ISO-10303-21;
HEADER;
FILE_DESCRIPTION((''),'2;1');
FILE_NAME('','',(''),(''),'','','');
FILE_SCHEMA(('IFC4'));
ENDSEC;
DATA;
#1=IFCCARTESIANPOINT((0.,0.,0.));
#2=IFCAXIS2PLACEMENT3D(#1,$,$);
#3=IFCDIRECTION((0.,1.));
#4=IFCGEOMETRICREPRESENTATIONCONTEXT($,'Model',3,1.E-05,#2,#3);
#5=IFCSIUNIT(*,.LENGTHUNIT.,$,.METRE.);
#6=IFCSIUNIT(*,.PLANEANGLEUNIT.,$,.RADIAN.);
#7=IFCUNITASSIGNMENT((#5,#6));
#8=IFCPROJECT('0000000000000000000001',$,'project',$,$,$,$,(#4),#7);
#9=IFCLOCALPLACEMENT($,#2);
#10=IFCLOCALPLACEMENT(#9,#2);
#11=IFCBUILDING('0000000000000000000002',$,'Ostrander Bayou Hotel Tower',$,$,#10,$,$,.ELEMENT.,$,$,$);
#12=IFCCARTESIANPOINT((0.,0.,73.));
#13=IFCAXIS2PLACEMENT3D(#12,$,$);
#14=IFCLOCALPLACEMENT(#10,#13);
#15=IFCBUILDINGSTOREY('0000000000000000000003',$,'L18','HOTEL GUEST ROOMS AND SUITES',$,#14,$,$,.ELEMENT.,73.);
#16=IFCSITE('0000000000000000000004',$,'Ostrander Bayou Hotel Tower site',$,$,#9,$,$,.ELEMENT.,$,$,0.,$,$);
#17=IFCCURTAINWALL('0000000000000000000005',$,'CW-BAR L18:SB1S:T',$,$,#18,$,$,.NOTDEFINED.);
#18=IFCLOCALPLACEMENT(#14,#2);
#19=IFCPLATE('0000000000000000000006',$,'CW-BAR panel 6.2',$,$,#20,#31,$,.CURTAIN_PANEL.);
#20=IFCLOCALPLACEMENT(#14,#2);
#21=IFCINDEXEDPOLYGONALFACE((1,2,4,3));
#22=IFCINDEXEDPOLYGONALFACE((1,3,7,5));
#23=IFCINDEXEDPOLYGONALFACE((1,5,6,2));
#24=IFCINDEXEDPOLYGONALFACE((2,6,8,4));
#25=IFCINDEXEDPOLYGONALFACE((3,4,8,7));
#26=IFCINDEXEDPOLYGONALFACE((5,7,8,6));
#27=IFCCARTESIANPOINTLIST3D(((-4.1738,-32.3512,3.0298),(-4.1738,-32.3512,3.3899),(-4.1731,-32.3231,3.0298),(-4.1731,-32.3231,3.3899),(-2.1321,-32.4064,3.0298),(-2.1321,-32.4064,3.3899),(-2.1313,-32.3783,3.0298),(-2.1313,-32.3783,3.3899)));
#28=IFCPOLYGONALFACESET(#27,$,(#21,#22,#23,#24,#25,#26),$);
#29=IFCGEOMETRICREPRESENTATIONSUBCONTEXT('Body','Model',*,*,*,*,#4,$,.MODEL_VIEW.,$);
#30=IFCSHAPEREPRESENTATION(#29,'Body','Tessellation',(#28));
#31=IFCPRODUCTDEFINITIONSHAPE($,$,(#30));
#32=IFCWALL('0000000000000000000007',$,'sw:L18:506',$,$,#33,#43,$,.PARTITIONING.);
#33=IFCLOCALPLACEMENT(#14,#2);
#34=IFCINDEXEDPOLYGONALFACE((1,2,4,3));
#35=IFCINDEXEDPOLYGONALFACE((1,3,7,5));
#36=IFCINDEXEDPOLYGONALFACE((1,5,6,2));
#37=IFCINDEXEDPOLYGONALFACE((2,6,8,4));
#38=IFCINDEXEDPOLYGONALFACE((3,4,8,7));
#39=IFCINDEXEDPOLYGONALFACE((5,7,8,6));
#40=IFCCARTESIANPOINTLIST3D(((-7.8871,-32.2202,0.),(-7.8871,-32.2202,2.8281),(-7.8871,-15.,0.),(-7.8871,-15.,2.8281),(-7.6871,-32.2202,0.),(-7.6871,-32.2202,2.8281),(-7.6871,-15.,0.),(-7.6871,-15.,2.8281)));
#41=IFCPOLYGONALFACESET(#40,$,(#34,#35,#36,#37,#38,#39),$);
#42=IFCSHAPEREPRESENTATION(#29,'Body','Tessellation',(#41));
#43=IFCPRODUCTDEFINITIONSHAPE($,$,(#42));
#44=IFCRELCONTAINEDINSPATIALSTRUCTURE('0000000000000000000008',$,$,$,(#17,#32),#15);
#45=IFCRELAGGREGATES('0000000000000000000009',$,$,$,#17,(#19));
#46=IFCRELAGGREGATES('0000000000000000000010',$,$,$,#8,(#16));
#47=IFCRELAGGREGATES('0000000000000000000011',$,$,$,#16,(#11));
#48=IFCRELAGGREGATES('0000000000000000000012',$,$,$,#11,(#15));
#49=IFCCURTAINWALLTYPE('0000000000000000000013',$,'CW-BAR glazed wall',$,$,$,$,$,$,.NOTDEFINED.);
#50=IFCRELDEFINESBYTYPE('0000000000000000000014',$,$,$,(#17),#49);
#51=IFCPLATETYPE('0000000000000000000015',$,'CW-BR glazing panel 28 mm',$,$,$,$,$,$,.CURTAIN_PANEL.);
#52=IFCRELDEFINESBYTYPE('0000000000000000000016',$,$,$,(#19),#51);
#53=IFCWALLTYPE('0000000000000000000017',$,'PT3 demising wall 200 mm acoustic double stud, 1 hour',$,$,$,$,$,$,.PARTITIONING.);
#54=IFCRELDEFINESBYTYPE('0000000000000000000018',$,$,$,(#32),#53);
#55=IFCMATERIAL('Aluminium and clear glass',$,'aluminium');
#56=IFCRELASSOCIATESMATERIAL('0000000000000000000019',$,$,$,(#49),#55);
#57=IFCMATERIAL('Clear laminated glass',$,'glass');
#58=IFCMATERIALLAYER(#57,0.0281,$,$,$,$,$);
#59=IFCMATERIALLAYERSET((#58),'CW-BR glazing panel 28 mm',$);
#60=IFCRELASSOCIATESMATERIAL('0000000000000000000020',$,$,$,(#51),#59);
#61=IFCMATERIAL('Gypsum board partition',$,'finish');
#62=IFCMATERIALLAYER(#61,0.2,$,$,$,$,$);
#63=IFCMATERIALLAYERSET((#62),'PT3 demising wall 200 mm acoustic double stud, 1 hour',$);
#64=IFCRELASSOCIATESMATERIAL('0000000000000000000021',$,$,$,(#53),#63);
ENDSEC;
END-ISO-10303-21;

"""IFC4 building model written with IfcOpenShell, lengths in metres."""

from ifc_helpers import new_model, si_unit, direction, frame, frame_2d, origin, origin_2d, place, context, subcontext, project, spatial, rectangle, extrude, material, layer, layer_set, type_object, element, aggregate, save


model = new_model("IFC4")

# Units and contexts
model_context = context("Model", 3, precision=1e-05, world=origin(), true_north=direction((0.0, 1.0)))
body_context = subcontext(model_context, "Body", "Model", "MODEL_VIEW")
ifc_project = project(units=[si_unit("LENGTHUNIT", "METRE"), si_unit("PLANEANGLEUNIT", "RADIAN")], contexts=[model_context])

# Site, building, storey
site_placement = place(None, origin())
site = spatial("IfcSite", under=ifc_project, at=site_placement, Name="Ostrander Bayou Hotel Tower site", CompositionType="ELEMENT", RefElevation=0.0)
building_placement = place(site_placement, origin())
building = spatial("IfcBuilding", under=site, at=building_placement, Name="Ostrander Bayou Hotel Tower", CompositionType="ELEMENT")
storey_placement = place(building_placement, frame((0.0, 0.0, 73.0)))
storey = spatial("IfcBuildingStorey", under=building, at=storey_placement, Name="L18", Description="HOTEL GUEST ROOMS AND SUITES", CompositionType="ELEMENT", Elevation=73.0)

# Curtain wall, plate
ifc_material_1 = material(Name="Aluminium and clear glass", Category="aluminium")
curtain_wall_type = type_object("IfcCurtainWallType", Name="CW-BAR glazed wall", PredefinedType="NOTDEFINED", material=ifc_material_1)
curtain_wall_placement = place(storey_placement, origin())
curtain_wall = element("IfcCurtainWall", 1, at=curtain_wall_placement, inside=storey, type_object=curtain_wall_type, Name="CW-BAR L18:SB1S:T", PredefinedType="NOTDEFINED")
ifc_material_2 = material(Name="Clear laminated glass", Category="glass")
ifc_layer_1 = layer(ifc_material_2, 0.0281)
ifc_layer_set_1 = layer_set([ifc_layer_1], Name="CW-BR glazing panel 28 mm")
plate_type = type_object("IfcPlateType", Name="CW-BR glazing panel 28 mm", PredefinedType="CURTAIN_PANEL", material=ifc_layer_set_1)
plate_1_placement = place(storey_placement, frame((-3.1526, -32.3647, 3.0298), z_axis=(0.0, 0.0, 1.0), x_axis=(0.999634, -0.027042, 0.0)))
plate_1 = element("IfcPlate", 2, at=plate_1_placement, type_object=plate_type, Name="CW-BAR panel 6.2", PredefinedType="CURTAIN_PANEL", context=body_context, shape_type="SweptSolid", body=[
    extrude(rectangle(XDim=2.0425, YDim=0.0281, at=origin_2d()), origin(), (0.0, 0.0, 1.0), 0.3601),
])
aggregate(curtain_wall, [plate_1])

# Wall
ifc_material_3 = material(Name="Gypsum board partition", Category="finish")
ifc_layer_2 = layer(ifc_material_3, 0.2)
ifc_layer_set_2 = layer_set([ifc_layer_2], Name="PT3 demising wall 200 mm acoustic double stud, 1 hour")
wall_type = type_object("IfcWallType", Name="PT3 demising wall 200 mm acoustic double stud, 1 hour", PredefinedType="PARTITIONING", material=ifc_layer_set_2)
wall_placement = place(storey_placement, frame((-7.7871, -32.2202, 0.0), z_axis=(0.0, 0.0, 1.0), x_axis=(0.0, 1.0, 0.0)))
element("IfcWall", 3, at=wall_placement, inside=storey, type_object=wall_type, Name="sw:L18:506", PredefinedType="PARTITIONING", context=body_context, shape_type="SweptSolid", body=[
    extrude(rectangle(XDim=17.2202, YDim=0.2, at=frame_2d((8.6101, 0.0))), origin(), (0.0, 0.0, 1.0), 2.8281),
])

save(model, "model.ifc")
